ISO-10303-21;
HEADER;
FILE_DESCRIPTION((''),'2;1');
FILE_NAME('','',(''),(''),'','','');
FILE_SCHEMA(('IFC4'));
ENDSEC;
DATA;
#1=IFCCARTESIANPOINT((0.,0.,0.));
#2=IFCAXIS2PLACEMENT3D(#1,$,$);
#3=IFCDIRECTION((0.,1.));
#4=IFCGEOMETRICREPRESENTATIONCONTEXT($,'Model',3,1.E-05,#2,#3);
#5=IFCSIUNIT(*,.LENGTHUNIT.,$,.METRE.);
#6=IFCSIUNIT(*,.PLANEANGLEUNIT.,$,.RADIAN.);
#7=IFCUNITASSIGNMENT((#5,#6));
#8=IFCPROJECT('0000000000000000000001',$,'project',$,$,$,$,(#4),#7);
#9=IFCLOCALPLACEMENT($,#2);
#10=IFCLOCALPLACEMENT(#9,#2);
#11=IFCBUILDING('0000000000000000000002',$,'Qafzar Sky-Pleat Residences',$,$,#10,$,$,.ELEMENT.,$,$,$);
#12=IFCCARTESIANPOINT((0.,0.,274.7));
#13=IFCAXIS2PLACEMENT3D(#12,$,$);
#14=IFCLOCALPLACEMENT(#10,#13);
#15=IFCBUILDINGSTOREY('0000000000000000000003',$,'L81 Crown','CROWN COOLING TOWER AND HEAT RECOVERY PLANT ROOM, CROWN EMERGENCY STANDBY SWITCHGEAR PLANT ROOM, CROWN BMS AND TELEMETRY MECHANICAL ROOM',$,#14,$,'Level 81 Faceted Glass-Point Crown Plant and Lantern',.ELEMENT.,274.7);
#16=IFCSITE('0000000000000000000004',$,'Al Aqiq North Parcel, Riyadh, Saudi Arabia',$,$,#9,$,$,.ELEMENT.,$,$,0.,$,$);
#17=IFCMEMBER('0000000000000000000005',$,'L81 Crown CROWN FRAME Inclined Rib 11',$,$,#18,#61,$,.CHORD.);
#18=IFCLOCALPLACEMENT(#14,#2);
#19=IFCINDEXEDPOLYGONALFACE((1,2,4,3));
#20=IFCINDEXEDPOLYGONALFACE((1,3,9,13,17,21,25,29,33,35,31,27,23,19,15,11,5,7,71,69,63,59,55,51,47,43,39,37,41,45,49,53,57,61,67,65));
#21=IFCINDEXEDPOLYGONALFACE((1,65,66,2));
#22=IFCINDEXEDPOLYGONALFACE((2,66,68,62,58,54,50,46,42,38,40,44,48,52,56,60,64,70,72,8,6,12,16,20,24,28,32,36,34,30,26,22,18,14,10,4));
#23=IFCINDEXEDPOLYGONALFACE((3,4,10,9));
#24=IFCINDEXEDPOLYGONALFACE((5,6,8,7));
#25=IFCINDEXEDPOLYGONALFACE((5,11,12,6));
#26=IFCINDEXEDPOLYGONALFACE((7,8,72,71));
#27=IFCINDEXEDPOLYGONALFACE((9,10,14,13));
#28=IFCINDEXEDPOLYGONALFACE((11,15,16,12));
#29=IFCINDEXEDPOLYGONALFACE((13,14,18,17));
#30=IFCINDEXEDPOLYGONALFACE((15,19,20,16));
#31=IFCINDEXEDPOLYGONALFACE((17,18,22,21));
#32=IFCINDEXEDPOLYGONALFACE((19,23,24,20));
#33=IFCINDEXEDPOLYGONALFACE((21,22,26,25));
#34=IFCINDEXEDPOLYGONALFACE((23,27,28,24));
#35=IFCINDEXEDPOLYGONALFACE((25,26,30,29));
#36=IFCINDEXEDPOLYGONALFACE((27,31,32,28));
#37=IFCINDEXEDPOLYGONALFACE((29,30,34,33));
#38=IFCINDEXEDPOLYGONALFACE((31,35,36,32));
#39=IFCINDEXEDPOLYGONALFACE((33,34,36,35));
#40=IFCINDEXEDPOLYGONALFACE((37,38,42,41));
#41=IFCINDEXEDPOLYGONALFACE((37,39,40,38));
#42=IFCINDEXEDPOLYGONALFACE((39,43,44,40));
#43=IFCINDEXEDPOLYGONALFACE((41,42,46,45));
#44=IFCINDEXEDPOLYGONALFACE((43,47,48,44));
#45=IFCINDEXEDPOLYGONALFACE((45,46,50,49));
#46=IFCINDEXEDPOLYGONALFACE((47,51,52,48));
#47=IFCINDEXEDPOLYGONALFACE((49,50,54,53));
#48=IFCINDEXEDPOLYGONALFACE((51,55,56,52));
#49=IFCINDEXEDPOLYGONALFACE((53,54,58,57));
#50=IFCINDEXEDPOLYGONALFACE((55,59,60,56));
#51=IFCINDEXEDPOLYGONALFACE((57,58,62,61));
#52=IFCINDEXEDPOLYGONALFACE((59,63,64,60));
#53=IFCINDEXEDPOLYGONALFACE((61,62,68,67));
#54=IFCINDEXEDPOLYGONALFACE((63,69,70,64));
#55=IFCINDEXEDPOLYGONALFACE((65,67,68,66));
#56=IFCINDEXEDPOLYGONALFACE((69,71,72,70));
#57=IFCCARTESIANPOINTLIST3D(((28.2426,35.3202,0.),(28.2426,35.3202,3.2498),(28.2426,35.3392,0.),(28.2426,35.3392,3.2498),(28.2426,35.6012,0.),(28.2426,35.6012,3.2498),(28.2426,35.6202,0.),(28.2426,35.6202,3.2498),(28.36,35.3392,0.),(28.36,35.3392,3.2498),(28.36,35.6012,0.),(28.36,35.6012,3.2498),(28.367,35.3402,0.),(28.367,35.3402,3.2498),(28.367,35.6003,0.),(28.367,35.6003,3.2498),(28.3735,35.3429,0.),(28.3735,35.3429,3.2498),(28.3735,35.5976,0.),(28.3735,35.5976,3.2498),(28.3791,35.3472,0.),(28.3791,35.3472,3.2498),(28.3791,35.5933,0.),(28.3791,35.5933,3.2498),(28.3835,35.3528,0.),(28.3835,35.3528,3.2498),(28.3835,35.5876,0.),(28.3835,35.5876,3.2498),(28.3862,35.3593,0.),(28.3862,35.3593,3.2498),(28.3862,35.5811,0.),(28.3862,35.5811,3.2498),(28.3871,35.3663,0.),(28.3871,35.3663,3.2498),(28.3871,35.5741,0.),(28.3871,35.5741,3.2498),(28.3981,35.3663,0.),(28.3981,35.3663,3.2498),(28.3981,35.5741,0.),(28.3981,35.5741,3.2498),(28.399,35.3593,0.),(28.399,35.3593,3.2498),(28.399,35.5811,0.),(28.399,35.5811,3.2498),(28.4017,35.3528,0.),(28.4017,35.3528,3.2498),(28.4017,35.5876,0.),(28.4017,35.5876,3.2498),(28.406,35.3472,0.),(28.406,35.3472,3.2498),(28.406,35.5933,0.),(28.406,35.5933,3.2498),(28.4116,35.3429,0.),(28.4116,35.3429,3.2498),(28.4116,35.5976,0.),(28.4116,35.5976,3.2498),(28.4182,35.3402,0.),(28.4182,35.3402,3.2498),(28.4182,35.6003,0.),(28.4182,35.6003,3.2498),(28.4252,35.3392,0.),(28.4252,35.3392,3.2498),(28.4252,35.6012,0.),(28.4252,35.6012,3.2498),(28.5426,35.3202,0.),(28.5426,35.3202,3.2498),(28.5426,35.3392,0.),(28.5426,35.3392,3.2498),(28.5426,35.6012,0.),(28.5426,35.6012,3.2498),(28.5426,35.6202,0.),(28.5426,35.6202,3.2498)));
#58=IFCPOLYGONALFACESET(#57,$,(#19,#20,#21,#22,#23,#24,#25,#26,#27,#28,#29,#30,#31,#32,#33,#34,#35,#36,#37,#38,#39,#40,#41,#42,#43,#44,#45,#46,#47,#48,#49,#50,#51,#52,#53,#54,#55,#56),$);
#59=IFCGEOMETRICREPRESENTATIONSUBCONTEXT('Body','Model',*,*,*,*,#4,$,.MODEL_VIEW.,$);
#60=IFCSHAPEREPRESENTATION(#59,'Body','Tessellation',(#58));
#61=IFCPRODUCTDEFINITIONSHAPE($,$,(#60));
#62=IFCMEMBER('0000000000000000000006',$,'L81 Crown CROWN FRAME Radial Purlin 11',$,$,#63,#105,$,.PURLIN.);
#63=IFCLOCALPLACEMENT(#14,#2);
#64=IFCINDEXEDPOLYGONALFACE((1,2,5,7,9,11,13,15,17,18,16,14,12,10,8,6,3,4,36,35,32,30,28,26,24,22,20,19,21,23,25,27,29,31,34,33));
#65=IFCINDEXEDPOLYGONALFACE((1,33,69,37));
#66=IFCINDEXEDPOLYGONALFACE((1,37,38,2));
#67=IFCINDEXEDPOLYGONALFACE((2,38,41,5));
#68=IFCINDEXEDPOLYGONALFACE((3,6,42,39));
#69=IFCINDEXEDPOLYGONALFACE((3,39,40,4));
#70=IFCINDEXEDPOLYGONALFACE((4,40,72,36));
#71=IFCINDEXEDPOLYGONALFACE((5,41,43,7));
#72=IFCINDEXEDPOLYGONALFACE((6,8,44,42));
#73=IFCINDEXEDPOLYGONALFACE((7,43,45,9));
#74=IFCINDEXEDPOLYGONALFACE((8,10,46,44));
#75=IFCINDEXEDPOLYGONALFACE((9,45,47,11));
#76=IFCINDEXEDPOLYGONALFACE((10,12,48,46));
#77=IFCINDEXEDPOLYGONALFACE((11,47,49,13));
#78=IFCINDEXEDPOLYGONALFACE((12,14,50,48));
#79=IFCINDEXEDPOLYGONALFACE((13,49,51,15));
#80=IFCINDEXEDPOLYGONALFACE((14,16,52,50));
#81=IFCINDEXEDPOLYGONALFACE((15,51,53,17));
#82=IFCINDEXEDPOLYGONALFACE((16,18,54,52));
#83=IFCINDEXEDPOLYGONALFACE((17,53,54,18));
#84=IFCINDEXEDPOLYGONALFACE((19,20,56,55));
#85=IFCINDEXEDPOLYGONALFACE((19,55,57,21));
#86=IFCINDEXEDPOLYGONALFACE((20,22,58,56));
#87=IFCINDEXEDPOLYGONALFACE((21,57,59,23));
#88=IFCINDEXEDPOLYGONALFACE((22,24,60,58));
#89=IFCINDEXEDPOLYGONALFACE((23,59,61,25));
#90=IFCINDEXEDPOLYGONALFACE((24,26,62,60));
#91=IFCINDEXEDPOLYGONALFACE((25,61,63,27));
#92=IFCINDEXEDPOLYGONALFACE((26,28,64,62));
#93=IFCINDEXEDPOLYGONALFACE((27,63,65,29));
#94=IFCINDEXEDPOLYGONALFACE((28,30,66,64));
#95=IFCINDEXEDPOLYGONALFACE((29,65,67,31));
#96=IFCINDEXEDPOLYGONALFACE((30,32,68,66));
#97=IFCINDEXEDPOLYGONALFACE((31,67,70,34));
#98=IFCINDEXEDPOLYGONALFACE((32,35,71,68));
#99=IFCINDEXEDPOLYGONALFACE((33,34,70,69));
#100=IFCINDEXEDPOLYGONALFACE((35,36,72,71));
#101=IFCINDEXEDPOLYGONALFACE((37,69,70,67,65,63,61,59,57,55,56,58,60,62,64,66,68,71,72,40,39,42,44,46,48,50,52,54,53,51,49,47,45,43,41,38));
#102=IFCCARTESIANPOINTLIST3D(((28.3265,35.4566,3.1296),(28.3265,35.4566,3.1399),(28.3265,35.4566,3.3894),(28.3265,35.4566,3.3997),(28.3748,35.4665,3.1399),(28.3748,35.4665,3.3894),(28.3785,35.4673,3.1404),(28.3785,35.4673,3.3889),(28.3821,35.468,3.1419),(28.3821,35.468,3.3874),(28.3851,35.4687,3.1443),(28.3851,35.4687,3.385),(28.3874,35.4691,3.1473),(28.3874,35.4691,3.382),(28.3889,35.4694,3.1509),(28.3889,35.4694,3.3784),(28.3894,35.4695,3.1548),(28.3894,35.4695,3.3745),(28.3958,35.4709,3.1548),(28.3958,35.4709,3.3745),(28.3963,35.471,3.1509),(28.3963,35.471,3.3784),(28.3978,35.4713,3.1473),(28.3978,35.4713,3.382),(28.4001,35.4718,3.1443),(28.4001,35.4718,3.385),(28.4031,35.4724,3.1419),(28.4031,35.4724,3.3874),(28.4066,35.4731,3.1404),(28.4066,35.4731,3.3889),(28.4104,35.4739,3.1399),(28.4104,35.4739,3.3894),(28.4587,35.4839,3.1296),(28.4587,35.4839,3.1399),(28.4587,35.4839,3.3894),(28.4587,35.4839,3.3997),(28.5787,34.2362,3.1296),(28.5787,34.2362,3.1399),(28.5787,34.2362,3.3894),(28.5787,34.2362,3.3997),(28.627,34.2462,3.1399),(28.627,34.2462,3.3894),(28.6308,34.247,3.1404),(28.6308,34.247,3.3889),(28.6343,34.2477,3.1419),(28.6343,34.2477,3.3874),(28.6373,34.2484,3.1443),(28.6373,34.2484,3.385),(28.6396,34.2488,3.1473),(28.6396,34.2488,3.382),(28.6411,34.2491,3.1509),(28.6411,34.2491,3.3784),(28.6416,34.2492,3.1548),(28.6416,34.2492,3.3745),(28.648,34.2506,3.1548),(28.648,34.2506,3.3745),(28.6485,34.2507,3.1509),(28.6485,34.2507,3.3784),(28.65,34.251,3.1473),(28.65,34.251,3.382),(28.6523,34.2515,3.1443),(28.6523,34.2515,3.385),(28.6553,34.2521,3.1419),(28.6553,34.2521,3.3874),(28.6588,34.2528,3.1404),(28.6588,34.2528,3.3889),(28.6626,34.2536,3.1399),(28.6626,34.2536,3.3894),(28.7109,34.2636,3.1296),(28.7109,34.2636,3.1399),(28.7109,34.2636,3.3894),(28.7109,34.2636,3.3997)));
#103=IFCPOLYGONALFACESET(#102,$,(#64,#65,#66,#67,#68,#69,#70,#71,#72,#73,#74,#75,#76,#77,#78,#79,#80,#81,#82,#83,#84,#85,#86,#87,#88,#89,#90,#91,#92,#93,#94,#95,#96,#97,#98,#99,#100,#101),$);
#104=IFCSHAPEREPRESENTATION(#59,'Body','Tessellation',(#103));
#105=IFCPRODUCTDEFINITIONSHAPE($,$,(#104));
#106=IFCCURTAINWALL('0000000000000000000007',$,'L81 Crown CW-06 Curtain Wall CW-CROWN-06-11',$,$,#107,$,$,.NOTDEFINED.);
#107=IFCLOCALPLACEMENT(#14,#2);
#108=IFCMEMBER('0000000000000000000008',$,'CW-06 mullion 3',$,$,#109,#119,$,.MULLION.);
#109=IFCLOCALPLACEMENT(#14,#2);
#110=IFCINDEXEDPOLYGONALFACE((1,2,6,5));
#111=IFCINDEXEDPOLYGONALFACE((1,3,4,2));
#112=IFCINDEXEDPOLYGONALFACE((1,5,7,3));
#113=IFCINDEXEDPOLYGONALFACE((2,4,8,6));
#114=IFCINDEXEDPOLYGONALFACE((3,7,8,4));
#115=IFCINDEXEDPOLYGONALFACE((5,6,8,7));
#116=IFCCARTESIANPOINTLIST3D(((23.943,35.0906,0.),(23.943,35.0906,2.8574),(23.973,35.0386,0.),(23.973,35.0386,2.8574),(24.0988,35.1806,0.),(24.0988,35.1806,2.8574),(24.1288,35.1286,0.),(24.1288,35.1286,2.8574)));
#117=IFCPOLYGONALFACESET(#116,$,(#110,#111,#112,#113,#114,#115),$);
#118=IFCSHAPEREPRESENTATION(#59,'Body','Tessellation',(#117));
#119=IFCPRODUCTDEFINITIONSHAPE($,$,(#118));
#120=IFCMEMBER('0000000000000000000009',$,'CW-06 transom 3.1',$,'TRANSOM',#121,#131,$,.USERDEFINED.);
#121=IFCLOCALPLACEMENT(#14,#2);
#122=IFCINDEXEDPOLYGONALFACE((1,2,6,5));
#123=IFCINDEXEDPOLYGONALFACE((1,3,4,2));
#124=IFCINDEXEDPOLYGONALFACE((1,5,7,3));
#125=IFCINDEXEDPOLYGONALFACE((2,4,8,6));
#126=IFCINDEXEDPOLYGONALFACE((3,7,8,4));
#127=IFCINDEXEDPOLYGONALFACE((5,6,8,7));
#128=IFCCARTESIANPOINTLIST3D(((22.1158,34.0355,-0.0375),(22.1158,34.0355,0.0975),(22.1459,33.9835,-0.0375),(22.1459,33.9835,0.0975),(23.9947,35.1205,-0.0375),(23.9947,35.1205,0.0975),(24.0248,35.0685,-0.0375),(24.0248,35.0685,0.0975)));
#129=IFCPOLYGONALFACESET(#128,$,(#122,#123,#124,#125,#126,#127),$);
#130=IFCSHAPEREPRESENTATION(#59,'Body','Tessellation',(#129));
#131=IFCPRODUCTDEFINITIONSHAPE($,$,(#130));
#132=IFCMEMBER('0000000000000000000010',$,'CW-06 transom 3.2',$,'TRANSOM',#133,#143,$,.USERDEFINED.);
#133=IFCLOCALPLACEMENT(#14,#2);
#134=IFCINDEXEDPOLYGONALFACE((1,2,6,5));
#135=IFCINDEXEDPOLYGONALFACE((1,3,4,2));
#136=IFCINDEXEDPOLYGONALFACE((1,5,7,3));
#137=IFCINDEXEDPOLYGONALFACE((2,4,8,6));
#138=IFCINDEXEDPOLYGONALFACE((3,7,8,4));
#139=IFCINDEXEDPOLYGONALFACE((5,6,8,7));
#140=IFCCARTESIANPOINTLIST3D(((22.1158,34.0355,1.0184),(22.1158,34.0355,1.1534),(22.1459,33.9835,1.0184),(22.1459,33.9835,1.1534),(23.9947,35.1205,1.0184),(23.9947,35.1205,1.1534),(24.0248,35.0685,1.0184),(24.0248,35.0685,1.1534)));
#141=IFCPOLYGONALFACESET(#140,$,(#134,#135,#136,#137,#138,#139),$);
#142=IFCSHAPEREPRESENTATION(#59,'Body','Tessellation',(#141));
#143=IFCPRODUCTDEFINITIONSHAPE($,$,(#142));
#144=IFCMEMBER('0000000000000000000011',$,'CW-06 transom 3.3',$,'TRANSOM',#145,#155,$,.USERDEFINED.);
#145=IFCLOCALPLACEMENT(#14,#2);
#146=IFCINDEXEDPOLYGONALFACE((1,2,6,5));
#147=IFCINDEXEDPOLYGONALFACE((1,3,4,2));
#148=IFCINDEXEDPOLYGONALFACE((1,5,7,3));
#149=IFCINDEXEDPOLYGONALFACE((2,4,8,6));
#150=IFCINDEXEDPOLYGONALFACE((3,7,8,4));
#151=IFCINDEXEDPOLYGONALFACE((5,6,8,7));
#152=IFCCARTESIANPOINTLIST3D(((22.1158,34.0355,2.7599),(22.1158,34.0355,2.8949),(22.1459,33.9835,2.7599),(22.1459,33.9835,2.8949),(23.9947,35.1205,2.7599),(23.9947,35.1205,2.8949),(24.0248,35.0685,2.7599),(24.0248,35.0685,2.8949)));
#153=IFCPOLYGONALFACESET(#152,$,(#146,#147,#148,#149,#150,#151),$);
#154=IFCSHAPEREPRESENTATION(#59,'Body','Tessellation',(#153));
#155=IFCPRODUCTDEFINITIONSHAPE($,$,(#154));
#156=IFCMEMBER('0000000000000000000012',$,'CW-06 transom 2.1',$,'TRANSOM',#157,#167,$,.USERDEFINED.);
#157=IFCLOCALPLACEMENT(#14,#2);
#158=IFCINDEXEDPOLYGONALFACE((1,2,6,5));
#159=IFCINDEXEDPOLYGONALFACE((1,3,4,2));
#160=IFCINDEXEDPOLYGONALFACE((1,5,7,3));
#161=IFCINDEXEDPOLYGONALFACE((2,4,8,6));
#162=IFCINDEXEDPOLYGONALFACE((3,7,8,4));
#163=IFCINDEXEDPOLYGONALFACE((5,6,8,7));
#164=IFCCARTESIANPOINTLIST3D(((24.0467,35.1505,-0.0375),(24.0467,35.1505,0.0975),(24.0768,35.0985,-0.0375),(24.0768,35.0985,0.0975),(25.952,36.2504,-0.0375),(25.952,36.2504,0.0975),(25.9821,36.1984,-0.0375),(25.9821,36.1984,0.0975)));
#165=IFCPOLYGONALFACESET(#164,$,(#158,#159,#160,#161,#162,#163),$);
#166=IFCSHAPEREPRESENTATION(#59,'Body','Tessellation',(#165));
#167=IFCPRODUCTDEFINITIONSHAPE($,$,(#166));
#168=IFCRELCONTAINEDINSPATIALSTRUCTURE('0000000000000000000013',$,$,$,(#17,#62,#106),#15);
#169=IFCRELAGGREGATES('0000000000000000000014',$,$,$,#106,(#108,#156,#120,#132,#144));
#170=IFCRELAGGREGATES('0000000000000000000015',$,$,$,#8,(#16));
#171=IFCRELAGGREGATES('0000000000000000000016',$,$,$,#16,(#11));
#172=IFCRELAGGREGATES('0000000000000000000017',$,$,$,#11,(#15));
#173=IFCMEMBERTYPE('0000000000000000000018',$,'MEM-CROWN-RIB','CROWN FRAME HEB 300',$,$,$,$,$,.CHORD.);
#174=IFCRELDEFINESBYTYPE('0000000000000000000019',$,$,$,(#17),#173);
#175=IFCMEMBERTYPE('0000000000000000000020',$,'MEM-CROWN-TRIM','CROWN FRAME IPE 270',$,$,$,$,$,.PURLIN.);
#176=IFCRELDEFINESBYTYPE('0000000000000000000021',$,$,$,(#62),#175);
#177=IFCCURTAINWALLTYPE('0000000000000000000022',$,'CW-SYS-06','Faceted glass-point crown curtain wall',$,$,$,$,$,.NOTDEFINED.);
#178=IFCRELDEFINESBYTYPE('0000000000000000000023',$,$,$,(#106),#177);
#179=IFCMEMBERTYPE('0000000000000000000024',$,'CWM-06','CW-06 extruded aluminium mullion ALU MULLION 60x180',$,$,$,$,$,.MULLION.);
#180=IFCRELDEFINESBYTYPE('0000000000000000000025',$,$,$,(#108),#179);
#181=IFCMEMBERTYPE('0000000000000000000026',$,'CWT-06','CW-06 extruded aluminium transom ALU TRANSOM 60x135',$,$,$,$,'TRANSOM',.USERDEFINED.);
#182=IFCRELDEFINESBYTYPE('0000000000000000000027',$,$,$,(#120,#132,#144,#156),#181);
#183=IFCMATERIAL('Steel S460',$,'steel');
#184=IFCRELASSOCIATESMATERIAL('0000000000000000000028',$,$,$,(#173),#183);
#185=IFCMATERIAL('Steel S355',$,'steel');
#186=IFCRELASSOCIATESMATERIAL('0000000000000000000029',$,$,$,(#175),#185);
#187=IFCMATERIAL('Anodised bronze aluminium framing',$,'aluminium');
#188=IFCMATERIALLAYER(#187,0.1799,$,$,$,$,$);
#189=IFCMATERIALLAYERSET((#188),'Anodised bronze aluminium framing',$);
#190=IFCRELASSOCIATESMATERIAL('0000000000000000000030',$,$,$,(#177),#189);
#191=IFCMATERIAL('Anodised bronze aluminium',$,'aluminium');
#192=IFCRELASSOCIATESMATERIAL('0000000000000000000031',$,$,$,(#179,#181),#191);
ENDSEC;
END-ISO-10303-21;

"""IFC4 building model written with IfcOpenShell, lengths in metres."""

from ifc_helpers import new_model, si_unit, direction, frame, origin, origin_2d, place, context, subcontext, project, spatial, rectangle, i_section, extrude, source, transform, mapped, material, layer, layer_set, material_profile, profile_set, type_object, element, aggregate, save


model = new_model("IFC4")

# Units and contexts
model_context = context("Model", 3, precision=1e-05, world=origin(), true_north=direction((0.0, 1.0)))
body_context = subcontext(model_context, "Body", "Model", "MODEL_VIEW")
ifc_project = project(units=[si_unit("LENGTHUNIT", "METRE"), si_unit("PLANEANGLEUNIT", "RADIAN")], contexts=[model_context])

# Site, building, storey
site_placement = place(None, origin())
site = spatial("IfcSite", under=ifc_project, at=site_placement, Name="Al Aqiq North Parcel, Riyadh, Saudi Arabia", CompositionType="ELEMENT", RefElevation=0.0)
building_placement = place(site_placement, origin())
building = spatial("IfcBuilding", under=site, at=building_placement, Name="Qafzar Sky-Pleat Residences", CompositionType="ELEMENT")
storey_placement = place(building_placement, frame((0.0, 0.0, 274.7)))
storey = spatial("IfcBuildingStorey", under=building, at=storey_placement, Name="L81 Crown", Description="CROWN COOLING TOWER AND HEAT RECOVERY PLANT ROOM, CROWN EMERGENCY STANDBY SWITCHGEAR PLANT ROOM, CROWN BMS AND TELEMETRY MECHANICAL ROOM", LongName="Level 81 Faceted Glass-Point Crown Plant and Lantern", CompositionType="ELEMENT", Elevation=274.7)

# Members
ifc_material_1 = material(Name="Steel S460", Category="steel")
ifc_material_profile_1 = material_profile(ifc_material_1, i_section(OverallWidth=0.3, OverallDepth=0.3, WebThickness=0.011, FlangeThickness=0.019, FilletRadius=0.0271, at=origin_2d()), Name="HEB 300")
ifc_profile_set_1 = profile_set([ifc_material_profile_1], Name="Steel S460")
member_type_1 = type_object("IfcMemberType", Name="MEM-CROWN-RIB", Description="CROWN FRAME HEB 300", PredefinedType="CHORD", material=ifc_profile_set_1)
shared_shape_1 = source(origin(), body_context, "Body", "SweptSolid", [
    extrude(i_section(OverallWidth=0.3, OverallDepth=0.3, WebThickness=0.011, FlangeThickness=0.019, FilletRadius=0.0271, at=origin_2d()), origin(), (0.0, 0.0, 1.0), 3.2498),
])
member_1_placement = place(storey_placement, frame((28.3926, 35.4702, 0.0), z_axis=(0.0, 0.0, 1.0), x_axis=(1.0, 0.0, 0.0)))
element("IfcMember", 1, at=member_1_placement, inside=storey, type_object=member_type_1, Name="L81 Crown CROWN FRAME Inclined Rib 11", PredefinedType="CHORD", context=body_context, shape_type="MappedRepresentation", body=[
    mapped(shared_shape_1, transform((0.0, 0.0, 0.0), x_axis=(1.0, 0.0, 0.0), y_axis=(0.0, 1.0, 0.0), z_axis=(0.0, 0.0, 1.0), scale=1.0)),
])
ifc_material_2 = material(Name="Steel S355", Category="steel")
ifc_material_profile_2 = material_profile(ifc_material_2, i_section(OverallWidth=0.135, OverallDepth=0.27, WebThickness=0.0066, FlangeThickness=0.0103, FilletRadius=0.0149, at=origin_2d()), Name="IPE 270")
ifc_profile_set_2 = profile_set([ifc_material_profile_2], Name="Steel S355")
member_type_2 = type_object("IfcMemberType", Name="MEM-CROWN-TRIM", Description="CROWN FRAME IPE 270", PredefinedType="PURLIN", material=ifc_profile_set_2)
shared_shape_2 = source(origin(), body_context, "Body", "SweptSolid", [
    extrude(i_section(OverallWidth=0.135, OverallDepth=0.27, WebThickness=0.0066, FlangeThickness=0.0103, FilletRadius=0.0149, at=origin_2d()), origin(), (0.0, 0.0, 1.0), 1.2461),
])
member_2_placement = place(storey_placement, frame((28.3926, 35.4702, 3.2646), z_axis=(0.202405, -0.979302, 0.0), x_axis=(0.979302, 0.202405, 0.0)))
element("IfcMember", 2, at=member_2_placement, inside=storey, type_object=member_type_2, Name="L81 Crown CROWN FRAME Radial Purlin 11", PredefinedType="PURLIN", context=body_context, shape_type="MappedRepresentation", body=[
    mapped(shared_shape_2, transform((0.0, 0.0, 0.0), x_axis=(1.0, 0.0, 0.0), y_axis=(0.0, 1.0, 0.0), z_axis=(0.0, 0.0, 1.0), scale=1.0)),
])

# Curtain wall, members
ifc_material_3 = material(Name="Anodised bronze aluminium framing", Category="aluminium")
ifc_layer_1 = layer(ifc_material_3, 0.1799)
ifc_layer_set_1 = layer_set([ifc_layer_1], Name="Anodised bronze aluminium framing")
curtain_wall_type = type_object("IfcCurtainWallType", Name="CW-SYS-06", Description="Faceted glass-point crown curtain wall", PredefinedType="NOTDEFINED", material=ifc_layer_set_1)
curtain_wall_placement = place(storey_placement, origin())
curtain_wall = element("IfcCurtainWall", 3, at=curtain_wall_placement, inside=storey, type_object=curtain_wall_type, Name="L81 Crown CW-06 Curtain Wall CW-CROWN-06-11", PredefinedType="NOTDEFINED")
ifc_material_4 = material(Name="Anodised bronze aluminium", Category="aluminium")
ifc_material_profile_3 = material_profile(ifc_material_4, rectangle(XDim=0.0601, YDim=0.1799, at=origin_2d()), Name="ALU MULLION 60x180")
ifc_profile_set_3 = profile_set([ifc_material_profile_3], Name="Anodised bronze aluminium")
member_type_3 = type_object("IfcMemberType", Name="CWM-06", Description="CW-06 extruded aluminium mullion ALU MULLION 60x180", PredefinedType="MULLION", material=ifc_profile_set_3)
shared_shape_3 = source(origin(), body_context, "Body", "SweptSolid", [
    extrude(rectangle(XDim=0.0601, YDim=0.1799, at=origin_2d()), origin(), (0.0, 0.0, 1.0), 2.8574),
])
member_3_placement = place(storey_placement, frame((24.0359, 35.1096, 0.0), z_axis=(0.0, 0.0, 1.0), x_axis=(0.499996, -0.866028, 0.0)))
member_3 = element("IfcMember", 4, at=member_3_placement, type_object=member_type_3, Name="CW-06 mullion 3", PredefinedType="MULLION", context=body_context, shape_type="MappedRepresentation", body=[
    mapped(shared_shape_3, transform((0.0, 0.0, 0.0), x_axis=(1.0, 0.0, 0.0), y_axis=(0.0, 1.0, 0.0), z_axis=(0.0, 0.0, 1.0), scale=1.0)),
])
ifc_material_profile_4 = material_profile(ifc_material_4, rectangle(XDim=0.0601, YDim=0.135, at=origin_2d()), Name="ALU TRANSOM 60x135")
ifc_profile_set_4 = profile_set([ifc_material_profile_4], Name="Anodised bronze aluminium")
member_type_4 = type_object("IfcMemberType", Name="CWT-06", Description="CW-06 extruded aluminium transom ALU TRANSOM 60x135", ElementType="TRANSOM", PredefinedType="USERDEFINED", material=ifc_profile_set_4)
shared_shape_4 = source(origin(), body_context, "Body", "SweptSolid", [
    extrude(rectangle(XDim=0.0601, YDim=0.135, at=origin_2d()), origin(), (0.0, 0.0, 1.0), 2.1697),
])
member_4_placement = place(storey_placement, frame((24.0098, 35.0945, 0.03), z_axis=(-0.865991, -0.50006, 0.0), x_axis=(0.50006, -0.865991, 0.0)))
member_4 = element("IfcMember", 5, at=member_4_placement, type_object=member_type_4, Name="CW-06 transom 3.1", ObjectType="TRANSOM", PredefinedType="USERDEFINED", context=body_context, shape_type="MappedRepresentation", body=[
    mapped(shared_shape_4, transform((0.0, 0.0, 0.0), x_axis=(1.0, 0.0, 0.0), y_axis=(0.0, 1.0, 0.0), z_axis=(0.0, 0.0, 1.0), scale=1.0)),
])
member_5_placement = place(storey_placement, frame((24.0098, 35.0945, 1.0859), z_axis=(-0.865991, -0.50006, 0.0), x_axis=(0.50006, -0.865991, 0.0)))
member_5 = element("IfcMember", 6, at=member_5_placement, type_object=member_type_4, Name="CW-06 transom 3.2", ObjectType="TRANSOM", PredefinedType="USERDEFINED", context=body_context, shape_type="MappedRepresentation", body=[
    mapped(shared_shape_4, transform((0.0, 0.0, 0.0), x_axis=(1.0, 0.0, 0.0), y_axis=(0.0, 1.0, 0.0), z_axis=(0.0, 0.0, 1.0), scale=1.0)),
])
member_6_placement = place(storey_placement, frame((24.0098, 35.0945, 2.8274), z_axis=(-0.865991, -0.50006, 0.0), x_axis=(0.50006, -0.865991, 0.0)))
member_6 = element("IfcMember", 7, at=member_6_placement, type_object=member_type_4, Name="CW-06 transom 3.3", ObjectType="TRANSOM", PredefinedType="USERDEFINED", context=body_context, shape_type="MappedRepresentation", body=[
    mapped(shared_shape_4, transform((0.0, 0.0, 0.0), x_axis=(1.0, 0.0, 0.0), y_axis=(0.0, 1.0, 0.0), z_axis=(0.0, 0.0, 1.0), scale=1.0)),
])
shared_shape_5 = source(origin(), body_context, "Body", "SweptSolid", [
    extrude(rectangle(XDim=0.0601, YDim=0.135, at=origin_2d()), origin(), (0.0, 0.0, 1.0), 2.2),
])
member_7_placement = place(storey_placement, frame((25.967, 36.2244, 0.03), z_axis=(-0.866056, -0.499947, 0.0), x_axis=(0.499947, -0.866056, 0.0)))
member_7 = element("IfcMember", 8, at=member_7_placement, type_object=member_type_4, Name="CW-06 transom 2.1", ObjectType="TRANSOM", PredefinedType="USERDEFINED", context=body_context, shape_type="MappedRepresentation", body=[
    mapped(shared_shape_5, transform((0.0, 0.0, 0.0), x_axis=(1.0, 0.0, 0.0), y_axis=(0.0, 1.0, 0.0), z_axis=(0.0, 0.0, 1.0), scale=1.0)),
])
aggregate(curtain_wall, [member_3, member_7, member_4, member_5, member_6])

save(model, "model.ifc")
